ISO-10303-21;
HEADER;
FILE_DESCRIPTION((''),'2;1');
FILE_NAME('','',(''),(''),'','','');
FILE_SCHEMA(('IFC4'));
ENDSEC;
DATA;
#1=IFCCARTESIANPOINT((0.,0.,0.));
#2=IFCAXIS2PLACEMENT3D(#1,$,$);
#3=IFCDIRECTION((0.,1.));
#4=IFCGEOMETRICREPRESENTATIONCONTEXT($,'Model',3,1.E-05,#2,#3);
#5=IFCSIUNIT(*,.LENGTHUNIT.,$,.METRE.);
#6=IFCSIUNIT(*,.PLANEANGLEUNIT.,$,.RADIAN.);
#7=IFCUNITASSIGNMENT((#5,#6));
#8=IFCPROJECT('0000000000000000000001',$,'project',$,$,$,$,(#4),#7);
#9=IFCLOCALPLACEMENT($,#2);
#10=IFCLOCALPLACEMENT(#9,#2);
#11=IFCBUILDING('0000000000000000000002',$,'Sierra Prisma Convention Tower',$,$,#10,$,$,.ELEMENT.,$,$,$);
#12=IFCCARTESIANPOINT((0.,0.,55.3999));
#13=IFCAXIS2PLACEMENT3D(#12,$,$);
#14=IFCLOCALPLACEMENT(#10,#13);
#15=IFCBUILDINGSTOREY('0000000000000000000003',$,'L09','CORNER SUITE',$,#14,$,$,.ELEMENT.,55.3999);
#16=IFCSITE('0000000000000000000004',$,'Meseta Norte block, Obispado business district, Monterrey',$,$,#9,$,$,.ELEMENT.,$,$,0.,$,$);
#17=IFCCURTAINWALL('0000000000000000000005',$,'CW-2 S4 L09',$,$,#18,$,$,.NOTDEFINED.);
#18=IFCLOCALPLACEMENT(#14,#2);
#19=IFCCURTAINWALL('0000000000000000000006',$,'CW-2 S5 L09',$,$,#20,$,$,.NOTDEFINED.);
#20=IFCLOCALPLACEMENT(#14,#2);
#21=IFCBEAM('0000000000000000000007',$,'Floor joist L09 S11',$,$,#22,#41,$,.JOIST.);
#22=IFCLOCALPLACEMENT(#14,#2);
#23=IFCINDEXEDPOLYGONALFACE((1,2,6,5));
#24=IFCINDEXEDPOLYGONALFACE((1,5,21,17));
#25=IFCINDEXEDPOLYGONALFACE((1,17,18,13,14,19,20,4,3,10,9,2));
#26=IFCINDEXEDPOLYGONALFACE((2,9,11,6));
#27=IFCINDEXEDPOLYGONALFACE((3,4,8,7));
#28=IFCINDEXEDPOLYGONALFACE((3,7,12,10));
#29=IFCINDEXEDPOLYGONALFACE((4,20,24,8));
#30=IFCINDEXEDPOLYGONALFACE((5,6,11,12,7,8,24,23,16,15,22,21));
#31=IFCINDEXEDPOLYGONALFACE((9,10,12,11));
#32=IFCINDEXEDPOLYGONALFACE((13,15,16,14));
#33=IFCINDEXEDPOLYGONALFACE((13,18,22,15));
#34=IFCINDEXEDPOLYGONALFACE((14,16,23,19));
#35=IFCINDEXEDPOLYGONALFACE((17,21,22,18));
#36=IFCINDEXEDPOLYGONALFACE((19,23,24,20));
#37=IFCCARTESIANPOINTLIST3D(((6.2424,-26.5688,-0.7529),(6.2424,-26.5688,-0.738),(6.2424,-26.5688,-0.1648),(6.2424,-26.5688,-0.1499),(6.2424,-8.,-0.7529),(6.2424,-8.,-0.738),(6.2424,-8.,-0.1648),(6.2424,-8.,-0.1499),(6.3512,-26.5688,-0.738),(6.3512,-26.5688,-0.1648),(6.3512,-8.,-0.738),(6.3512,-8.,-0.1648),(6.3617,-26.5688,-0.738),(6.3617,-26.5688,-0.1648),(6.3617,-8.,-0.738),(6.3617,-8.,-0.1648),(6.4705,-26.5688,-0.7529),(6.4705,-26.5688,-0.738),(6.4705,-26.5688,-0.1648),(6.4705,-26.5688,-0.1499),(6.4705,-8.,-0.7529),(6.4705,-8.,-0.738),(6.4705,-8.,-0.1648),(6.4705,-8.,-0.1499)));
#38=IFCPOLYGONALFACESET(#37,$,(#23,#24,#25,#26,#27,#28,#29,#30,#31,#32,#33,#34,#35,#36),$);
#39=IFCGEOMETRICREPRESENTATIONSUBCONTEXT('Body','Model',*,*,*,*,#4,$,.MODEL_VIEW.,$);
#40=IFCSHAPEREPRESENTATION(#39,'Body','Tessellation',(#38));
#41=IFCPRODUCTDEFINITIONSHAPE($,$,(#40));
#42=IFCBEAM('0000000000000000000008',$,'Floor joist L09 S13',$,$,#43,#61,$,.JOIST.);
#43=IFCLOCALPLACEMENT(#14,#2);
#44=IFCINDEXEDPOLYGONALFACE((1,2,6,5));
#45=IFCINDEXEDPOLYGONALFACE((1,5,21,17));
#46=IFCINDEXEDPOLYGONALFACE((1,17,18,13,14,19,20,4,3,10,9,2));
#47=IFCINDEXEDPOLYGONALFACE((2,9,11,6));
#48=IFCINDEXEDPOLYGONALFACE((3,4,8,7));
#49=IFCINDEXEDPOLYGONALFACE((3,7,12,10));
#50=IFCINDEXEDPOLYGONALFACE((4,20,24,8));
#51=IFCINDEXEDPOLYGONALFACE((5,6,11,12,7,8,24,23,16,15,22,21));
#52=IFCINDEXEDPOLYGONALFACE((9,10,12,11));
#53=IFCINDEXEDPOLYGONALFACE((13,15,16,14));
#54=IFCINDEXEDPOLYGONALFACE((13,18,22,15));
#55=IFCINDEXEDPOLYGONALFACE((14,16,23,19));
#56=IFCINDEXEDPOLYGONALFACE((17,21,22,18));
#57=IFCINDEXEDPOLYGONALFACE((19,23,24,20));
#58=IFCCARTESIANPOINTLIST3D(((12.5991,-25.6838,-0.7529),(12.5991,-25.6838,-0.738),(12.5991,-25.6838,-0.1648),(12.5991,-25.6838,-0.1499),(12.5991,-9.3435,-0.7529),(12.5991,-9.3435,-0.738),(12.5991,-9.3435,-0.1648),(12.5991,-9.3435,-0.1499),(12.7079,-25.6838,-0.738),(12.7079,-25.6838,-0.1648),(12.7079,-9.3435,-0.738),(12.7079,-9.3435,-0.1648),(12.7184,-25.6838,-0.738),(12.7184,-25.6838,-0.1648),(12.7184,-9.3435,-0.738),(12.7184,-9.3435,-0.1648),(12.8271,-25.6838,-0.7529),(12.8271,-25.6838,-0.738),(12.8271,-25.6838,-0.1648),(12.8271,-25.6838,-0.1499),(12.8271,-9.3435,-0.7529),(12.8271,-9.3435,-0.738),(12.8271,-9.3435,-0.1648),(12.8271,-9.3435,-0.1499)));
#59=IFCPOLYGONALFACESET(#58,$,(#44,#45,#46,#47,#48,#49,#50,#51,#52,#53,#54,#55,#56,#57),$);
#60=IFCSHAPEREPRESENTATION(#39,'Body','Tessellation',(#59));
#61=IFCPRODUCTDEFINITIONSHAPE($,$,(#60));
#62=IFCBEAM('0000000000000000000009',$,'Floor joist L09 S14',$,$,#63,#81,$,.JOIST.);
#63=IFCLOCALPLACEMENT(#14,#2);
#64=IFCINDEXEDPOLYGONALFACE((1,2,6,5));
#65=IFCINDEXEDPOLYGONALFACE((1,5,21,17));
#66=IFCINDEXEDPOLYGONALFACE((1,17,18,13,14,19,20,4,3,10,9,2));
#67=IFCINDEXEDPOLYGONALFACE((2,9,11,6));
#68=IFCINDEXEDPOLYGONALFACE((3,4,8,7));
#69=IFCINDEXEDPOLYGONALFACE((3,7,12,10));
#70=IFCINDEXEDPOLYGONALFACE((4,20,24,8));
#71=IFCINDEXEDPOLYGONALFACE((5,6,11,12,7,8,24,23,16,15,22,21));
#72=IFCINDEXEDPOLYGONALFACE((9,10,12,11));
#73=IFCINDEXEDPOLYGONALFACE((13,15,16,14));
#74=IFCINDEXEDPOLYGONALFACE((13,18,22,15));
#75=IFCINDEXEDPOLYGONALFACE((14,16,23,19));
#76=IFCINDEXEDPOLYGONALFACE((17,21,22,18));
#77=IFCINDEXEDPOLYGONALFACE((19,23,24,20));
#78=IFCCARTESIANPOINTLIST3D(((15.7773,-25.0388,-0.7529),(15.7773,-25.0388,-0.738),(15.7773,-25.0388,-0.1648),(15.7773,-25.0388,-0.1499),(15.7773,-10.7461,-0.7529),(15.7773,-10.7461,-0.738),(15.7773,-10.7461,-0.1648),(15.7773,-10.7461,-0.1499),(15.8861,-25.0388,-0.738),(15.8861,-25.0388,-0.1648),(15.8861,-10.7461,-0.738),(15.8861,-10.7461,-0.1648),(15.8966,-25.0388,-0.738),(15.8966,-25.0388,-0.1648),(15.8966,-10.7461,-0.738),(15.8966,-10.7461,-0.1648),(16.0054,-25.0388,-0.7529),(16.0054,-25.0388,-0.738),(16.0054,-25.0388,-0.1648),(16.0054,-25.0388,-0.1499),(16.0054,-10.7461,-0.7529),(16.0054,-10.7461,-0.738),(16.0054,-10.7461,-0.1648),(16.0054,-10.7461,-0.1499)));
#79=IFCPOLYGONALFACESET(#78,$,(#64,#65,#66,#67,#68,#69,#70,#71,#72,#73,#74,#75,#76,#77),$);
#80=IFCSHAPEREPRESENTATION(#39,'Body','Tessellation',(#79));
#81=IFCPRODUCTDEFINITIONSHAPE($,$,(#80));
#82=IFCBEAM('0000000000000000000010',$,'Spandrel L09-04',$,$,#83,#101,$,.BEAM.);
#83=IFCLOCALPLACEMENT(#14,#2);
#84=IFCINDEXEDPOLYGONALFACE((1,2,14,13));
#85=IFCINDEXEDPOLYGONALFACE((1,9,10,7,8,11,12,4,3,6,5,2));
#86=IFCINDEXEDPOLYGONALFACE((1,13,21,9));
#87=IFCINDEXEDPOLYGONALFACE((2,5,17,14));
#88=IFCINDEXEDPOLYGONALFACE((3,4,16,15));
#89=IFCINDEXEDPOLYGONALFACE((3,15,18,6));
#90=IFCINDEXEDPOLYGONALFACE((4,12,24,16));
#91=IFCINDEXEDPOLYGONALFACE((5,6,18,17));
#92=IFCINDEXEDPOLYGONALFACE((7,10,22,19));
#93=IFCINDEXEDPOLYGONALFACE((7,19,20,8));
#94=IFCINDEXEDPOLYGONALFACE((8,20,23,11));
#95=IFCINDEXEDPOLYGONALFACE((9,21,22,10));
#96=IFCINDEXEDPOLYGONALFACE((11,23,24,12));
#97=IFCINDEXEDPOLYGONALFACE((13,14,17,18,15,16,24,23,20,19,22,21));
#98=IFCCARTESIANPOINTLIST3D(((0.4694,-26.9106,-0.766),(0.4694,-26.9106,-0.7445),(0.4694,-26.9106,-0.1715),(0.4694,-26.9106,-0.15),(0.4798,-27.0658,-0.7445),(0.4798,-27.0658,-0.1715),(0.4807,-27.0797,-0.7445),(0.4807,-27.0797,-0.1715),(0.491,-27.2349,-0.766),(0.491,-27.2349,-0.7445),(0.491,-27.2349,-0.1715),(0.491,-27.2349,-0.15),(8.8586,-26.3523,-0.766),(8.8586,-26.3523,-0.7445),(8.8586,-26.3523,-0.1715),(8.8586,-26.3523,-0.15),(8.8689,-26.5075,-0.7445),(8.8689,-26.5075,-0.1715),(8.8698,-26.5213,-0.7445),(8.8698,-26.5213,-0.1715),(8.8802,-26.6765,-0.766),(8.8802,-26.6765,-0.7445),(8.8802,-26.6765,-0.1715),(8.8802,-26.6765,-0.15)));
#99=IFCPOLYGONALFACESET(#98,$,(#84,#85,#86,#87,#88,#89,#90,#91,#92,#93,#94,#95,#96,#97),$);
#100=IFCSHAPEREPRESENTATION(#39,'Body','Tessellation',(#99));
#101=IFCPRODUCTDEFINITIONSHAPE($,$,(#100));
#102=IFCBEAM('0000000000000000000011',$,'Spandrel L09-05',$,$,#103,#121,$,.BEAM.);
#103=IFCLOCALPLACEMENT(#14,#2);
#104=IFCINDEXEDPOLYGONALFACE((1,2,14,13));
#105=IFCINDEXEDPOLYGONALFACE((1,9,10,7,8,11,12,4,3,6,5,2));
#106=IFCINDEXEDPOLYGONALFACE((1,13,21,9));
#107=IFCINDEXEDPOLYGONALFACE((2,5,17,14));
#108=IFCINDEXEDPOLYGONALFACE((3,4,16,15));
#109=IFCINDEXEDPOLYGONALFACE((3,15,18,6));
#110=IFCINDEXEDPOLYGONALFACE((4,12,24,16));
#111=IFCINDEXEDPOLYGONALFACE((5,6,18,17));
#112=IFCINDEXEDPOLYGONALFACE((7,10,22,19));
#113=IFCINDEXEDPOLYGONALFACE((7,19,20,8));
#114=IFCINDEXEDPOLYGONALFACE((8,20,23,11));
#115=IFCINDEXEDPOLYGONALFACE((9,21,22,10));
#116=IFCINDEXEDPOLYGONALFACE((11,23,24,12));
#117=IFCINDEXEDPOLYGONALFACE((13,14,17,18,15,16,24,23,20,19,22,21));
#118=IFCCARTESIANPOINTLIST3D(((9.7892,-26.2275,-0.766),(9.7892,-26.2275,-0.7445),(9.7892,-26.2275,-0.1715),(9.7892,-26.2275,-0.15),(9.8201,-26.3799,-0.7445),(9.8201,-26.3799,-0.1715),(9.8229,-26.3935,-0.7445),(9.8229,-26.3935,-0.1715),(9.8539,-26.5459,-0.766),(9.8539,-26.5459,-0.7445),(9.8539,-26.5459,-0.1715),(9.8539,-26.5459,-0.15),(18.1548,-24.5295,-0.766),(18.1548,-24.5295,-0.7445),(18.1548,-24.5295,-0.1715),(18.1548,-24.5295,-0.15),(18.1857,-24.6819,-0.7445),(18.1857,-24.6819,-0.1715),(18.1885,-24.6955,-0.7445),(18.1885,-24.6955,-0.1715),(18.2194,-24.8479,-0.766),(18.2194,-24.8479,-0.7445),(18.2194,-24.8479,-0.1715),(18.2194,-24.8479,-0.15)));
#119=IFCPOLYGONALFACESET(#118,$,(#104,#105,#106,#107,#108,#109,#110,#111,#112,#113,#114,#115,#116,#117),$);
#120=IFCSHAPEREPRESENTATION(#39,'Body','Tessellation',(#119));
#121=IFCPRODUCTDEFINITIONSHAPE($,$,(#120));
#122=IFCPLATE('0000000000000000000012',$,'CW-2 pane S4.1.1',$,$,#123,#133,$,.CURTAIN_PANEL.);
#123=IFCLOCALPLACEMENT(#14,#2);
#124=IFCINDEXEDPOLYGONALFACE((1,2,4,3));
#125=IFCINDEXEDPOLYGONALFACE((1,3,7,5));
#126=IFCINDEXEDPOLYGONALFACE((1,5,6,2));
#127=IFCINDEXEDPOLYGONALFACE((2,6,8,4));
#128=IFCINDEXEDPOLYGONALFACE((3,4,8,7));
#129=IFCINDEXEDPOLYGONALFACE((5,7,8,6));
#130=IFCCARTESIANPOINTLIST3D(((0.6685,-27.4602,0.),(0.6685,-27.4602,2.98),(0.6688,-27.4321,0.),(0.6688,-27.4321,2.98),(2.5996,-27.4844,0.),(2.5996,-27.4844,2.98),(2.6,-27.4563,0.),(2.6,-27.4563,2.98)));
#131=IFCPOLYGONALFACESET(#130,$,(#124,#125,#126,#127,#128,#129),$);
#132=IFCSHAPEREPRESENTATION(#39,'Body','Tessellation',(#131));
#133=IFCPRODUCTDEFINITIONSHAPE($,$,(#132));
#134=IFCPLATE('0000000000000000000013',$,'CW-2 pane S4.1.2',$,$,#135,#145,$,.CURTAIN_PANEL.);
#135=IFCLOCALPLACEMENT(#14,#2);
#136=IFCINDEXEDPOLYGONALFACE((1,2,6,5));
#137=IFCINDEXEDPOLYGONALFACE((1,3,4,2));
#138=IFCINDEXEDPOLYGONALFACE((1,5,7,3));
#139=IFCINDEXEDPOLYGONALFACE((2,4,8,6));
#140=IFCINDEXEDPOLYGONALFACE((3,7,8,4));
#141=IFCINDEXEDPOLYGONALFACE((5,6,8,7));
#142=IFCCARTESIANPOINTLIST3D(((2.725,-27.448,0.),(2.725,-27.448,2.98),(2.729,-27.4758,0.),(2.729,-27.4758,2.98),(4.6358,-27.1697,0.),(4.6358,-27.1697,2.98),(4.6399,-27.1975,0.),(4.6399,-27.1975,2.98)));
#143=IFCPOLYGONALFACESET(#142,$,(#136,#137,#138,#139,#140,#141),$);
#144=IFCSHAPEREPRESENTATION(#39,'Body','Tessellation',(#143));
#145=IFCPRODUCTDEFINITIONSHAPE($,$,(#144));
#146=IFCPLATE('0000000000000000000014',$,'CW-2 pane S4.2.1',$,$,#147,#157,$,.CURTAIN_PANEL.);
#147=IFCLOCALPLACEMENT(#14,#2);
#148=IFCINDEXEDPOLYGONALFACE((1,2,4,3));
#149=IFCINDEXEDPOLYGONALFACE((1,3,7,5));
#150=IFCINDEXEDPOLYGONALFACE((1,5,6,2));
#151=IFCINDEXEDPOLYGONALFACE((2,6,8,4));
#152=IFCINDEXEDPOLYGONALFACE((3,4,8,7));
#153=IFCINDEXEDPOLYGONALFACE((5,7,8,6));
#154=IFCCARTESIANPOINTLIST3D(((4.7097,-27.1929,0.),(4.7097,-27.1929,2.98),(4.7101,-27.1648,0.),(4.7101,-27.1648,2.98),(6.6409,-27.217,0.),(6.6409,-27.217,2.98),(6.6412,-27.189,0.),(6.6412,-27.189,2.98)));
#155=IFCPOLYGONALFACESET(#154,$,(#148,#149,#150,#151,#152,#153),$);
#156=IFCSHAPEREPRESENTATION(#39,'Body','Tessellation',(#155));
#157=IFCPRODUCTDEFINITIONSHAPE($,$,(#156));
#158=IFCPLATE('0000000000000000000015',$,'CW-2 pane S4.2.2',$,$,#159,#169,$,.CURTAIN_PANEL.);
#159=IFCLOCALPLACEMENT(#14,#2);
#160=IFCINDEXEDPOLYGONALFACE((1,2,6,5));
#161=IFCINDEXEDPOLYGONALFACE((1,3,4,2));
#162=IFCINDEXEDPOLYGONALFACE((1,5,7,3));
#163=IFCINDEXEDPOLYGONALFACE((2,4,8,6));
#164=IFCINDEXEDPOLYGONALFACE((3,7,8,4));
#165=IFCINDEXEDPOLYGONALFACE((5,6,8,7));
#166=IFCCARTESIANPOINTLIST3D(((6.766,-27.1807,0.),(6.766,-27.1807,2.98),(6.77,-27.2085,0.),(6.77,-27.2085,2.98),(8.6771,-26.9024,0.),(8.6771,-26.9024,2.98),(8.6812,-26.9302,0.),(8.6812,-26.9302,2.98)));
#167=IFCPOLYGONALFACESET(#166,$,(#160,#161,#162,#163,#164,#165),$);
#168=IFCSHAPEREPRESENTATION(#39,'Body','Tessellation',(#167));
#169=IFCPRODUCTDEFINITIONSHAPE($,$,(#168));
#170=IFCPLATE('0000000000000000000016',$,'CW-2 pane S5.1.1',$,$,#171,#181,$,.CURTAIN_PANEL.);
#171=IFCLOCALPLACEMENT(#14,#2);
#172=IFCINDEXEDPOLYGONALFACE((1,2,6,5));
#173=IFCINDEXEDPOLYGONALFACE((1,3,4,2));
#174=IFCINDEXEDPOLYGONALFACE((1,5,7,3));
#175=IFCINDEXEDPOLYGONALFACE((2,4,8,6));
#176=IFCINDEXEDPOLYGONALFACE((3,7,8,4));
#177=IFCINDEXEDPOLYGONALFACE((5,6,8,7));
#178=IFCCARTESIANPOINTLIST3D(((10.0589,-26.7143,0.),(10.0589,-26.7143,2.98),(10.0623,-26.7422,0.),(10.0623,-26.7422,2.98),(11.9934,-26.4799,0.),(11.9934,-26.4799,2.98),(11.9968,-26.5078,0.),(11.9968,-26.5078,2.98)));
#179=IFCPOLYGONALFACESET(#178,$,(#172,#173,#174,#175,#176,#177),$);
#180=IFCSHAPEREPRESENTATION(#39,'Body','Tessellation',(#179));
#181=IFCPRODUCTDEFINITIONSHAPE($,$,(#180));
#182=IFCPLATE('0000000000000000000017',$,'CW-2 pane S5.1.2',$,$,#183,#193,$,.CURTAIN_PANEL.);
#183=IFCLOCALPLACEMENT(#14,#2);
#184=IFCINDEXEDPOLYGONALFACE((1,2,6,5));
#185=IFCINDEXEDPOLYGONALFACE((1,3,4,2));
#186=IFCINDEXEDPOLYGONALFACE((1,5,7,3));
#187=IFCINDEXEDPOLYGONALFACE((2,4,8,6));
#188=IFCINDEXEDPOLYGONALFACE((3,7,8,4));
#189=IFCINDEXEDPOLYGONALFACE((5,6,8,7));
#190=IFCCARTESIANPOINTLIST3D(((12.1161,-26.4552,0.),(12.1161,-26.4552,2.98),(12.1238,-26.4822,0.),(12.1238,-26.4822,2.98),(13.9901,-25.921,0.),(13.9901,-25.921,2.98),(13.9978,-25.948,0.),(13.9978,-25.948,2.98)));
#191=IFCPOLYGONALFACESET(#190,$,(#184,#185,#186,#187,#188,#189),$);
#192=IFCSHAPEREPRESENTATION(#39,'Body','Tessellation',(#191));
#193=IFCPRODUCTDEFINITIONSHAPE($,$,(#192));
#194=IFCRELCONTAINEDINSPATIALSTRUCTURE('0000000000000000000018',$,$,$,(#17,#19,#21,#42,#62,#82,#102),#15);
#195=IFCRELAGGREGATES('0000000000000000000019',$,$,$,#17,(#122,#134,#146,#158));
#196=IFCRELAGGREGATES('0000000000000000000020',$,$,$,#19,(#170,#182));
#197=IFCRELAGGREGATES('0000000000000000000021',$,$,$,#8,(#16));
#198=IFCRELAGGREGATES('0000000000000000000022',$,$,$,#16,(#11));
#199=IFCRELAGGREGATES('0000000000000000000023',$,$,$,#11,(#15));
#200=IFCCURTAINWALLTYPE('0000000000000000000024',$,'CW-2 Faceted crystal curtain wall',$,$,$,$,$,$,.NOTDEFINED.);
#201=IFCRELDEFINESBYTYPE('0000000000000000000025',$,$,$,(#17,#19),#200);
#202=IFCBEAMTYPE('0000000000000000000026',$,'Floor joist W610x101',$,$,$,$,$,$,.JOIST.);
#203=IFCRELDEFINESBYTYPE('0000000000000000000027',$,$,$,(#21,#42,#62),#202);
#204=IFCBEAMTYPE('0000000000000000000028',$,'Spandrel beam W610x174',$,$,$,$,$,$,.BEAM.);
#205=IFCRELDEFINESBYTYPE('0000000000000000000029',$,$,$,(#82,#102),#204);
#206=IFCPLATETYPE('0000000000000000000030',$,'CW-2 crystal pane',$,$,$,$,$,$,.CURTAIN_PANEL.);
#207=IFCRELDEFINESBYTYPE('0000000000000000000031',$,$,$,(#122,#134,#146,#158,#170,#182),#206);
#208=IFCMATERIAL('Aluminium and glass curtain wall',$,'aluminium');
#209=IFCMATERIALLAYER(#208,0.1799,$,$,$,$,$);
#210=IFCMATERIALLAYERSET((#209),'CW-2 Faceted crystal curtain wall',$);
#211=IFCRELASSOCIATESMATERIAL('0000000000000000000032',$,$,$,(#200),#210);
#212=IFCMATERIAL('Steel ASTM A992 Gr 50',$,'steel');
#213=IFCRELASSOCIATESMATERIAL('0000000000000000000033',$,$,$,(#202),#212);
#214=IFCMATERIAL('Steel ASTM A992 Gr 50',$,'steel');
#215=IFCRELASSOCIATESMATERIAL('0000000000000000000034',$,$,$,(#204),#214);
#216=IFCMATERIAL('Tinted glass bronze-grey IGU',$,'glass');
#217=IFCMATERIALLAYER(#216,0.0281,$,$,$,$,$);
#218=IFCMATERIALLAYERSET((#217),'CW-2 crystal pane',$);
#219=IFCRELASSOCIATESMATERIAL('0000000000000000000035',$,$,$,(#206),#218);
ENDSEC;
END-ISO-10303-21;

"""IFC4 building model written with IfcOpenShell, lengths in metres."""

from ifc_helpers import new_model, si_unit, direction, frame, origin, origin_2d, place, context, subcontext, project, spatial, polyline, i_section, outline, extrude, material, layer, layer_set, material_profile, profile_set, type_object, element, aggregate, save


model = new_model("IFC4")

# Units and contexts
model_context = context("Model", 3, precision=1e-05, world=origin(), true_north=direction((0.0, 1.0)))
body_context = subcontext(model_context, "Body", "Model", "MODEL_VIEW")
ifc_project = project(units=[si_unit("LENGTHUNIT", "METRE"), si_unit("PLANEANGLEUNIT", "RADIAN")], contexts=[model_context])

# Site, building, storey
site_placement = place(None, origin())
site = spatial("IfcSite", under=ifc_project, at=site_placement, Name="Meseta Norte block, Obispado business district, Monterrey", CompositionType="ELEMENT", RefElevation=0.0)
building_placement = place(site_placement, origin())
building = spatial("IfcBuilding", under=site, at=building_placement, Name="Sierra Prisma Convention Tower", CompositionType="ELEMENT")
storey_placement = place(building_placement, frame((0.0, 0.0, 55.3999)))
storey = spatial("IfcBuildingStorey", under=building, at=storey_placement, Name="L09", Description="CORNER SUITE", CompositionType="ELEMENT", Elevation=55.3999)

# Curtain walls
ifc_material_1 = material(Name="Aluminium and glass curtain wall", Category="aluminium")
ifc_layer_1 = layer(ifc_material_1, 0.1799)
ifc_layer_set_1 = layer_set([ifc_layer_1], Name="CW-2 Faceted crystal curtain wall")
curtain_wall_type = type_object("IfcCurtainWallType", Name="CW-2 Faceted crystal curtain wall", PredefinedType="NOTDEFINED", material=ifc_layer_set_1)
curtain_wall_1_placement = place(storey_placement, origin())
curtain_wall_1 = element("IfcCurtainWall", 1, at=curtain_wall_1_placement, inside=storey, type_object=curtain_wall_type, Name="CW-2 S4 L09", PredefinedType="NOTDEFINED")
curtain_wall_2_placement = place(storey_placement, origin())
curtain_wall_2 = element("IfcCurtainWall", 2, at=curtain_wall_2_placement, inside=storey, type_object=curtain_wall_type, Name="CW-2 S5 L09", PredefinedType="NOTDEFINED")

# Beams
ifc_material_2 = material(Name="Steel ASTM A992 Gr 50", Category="steel")
ifc_material_profile_1 = material_profile(ifc_material_2, i_section(OverallWidth=0.228, OverallDepth=0.603, WebThickness=0.0105, FlangeThickness=0.0149, at=origin_2d()), Name="W610x101")
ifc_profile_set_1 = profile_set([ifc_material_profile_1], Name="Steel ASTM A992 Gr 50")
beam_type_1 = type_object("IfcBeamType", Name="Floor joist W610x101", PredefinedType="JOIST", material=ifc_profile_set_1)
beam_1_placement = place(storey_placement, frame((6.3564, -26.5688, -0.4514), z_axis=(0.0, 1.0, 0.0), x_axis=(-1.0, 0.0, 0.0)))
element("IfcBeam", 3, at=beam_1_placement, inside=storey, type_object=beam_type_1, Name="Floor joist L09 S11", PredefinedType="JOIST", context=body_context, shape_type="SweptSolid", body=[
    extrude(i_section(OverallWidth=0.228, OverallDepth=0.603, WebThickness=0.0105, FlangeThickness=0.0149, at=origin_2d()), origin(), (0.0, 0.0, 1.0), 18.5688),
])
beam_2_placement = place(storey_placement, frame((12.7131, -25.6838, -0.4514), z_axis=(0.0, 1.0, 0.0), x_axis=(-1.0, 0.0, 0.0)))
element("IfcBeam", 4, at=beam_2_placement, inside=storey, type_object=beam_type_1, Name="Floor joist L09 S13", PredefinedType="JOIST", context=body_context, shape_type="SweptSolid", body=[
    extrude(i_section(OverallWidth=0.228, OverallDepth=0.603, WebThickness=0.0105, FlangeThickness=0.0149, at=origin_2d()), origin(), (0.0, 0.0, 1.0), 16.3403),
])
beam_3_placement = place(storey_placement, frame((15.8914, -25.0388, -0.4514), z_axis=(0.0, 1.0, 0.0), x_axis=(-1.0, 0.0, 0.0)))
element("IfcBeam", 5, at=beam_3_placement, inside=storey, type_object=beam_type_1, Name="Floor joist L09 S14", PredefinedType="JOIST", context=body_context, shape_type="SweptSolid", body=[
    extrude(i_section(OverallWidth=0.228, OverallDepth=0.603, WebThickness=0.0105, FlangeThickness=0.0149, at=origin_2d()), origin(), (0.0, 0.0, 1.0), 14.2927),
])
ifc_material_3 = material(Name="Steel ASTM A992 Gr 50", Category="steel")
ifc_material_profile_2 = material_profile(ifc_material_3, i_section(OverallWidth=0.325, OverallDepth=0.616, WebThickness=0.0139, FlangeThickness=0.0215, at=origin_2d()), Name="W610x174")
ifc_profile_set_2 = profile_set([ifc_material_profile_2], Name="Steel ASTM A992 Gr 50")
beam_type_2 = type_object("IfcBeamType", Name="Spandrel beam W610x174", PredefinedType="BEAM", material=ifc_profile_set_2)
beam_4_placement = place(storey_placement, frame((0.4802, -27.0728, -0.458), z_axis=(0.997792, 0.066409, 0.0), x_axis=(-0.066409, 0.997792, 0.0)))
element("IfcBeam", 6, at=beam_4_placement, inside=storey, type_object=beam_type_2, Name="Spandrel L09-04", PredefinedType="BEAM", context=body_context, shape_type="SweptSolid", body=[
    extrude(i_section(OverallWidth=0.325, OverallDepth=0.616, WebThickness=0.0139, FlangeThickness=0.0215, at=origin_2d()), origin(), (0.0, 0.0, 1.0), 8.4077),
])
beam_5_placement = place(storey_placement, frame((9.8215, -26.3867, -0.458), z_axis=(0.980016, 0.19892, 0.0), x_axis=(-0.19892, 0.980016, 0.0)))
element("IfcBeam", 7, at=beam_5_placement, inside=storey, type_object=beam_type_2, Name="Spandrel L09-05", PredefinedType="BEAM", context=body_context, shape_type="SweptSolid", body=[
    extrude(i_section(OverallWidth=0.325, OverallDepth=0.616, WebThickness=0.0139, FlangeThickness=0.0215, at=origin_2d()), origin(), (0.0, 0.0, 1.0), 8.5361),
])

# Plates
ifc_material_4 = material(Name="Tinted glass bronze-grey IGU", Category="glass")
ifc_layer_2 = layer(ifc_material_4, 0.0281)
ifc_layer_set_2 = layer_set([ifc_layer_2], Name="CW-2 crystal pane")
plate_type = type_object("IfcPlateType", Name="CW-2 crystal pane", PredefinedType="CURTAIN_PANEL", material=ifc_layer_set_2)
plate_1_placement = place(storey_placement, frame((0.6685, -27.4602, 0.0), z_axis=(-0.012515, -0.999922, 0.0), x_axis=(0.999922, -0.012515, 0.0)))
plate_1 = element("IfcPlate", 8, at=plate_1_placement, type_object=plate_type, Name="CW-2 pane S4.1.1", PredefinedType="CURTAIN_PANEL", context=body_context, shape_type="SweptSolid", body=[
    extrude(outline(polyline([(0.0, 0.0), (1.9313, 0.0), (1.9313, 2.98), (0.0, 2.98), (0.0, 0.0)])), origin(), (0.0, 0.0, -1.0), 0.0281),
])
plate_2_placement = place(storey_placement, frame((4.6399, -27.1975, 0.0), z_axis=(0.144129, -0.989559, 0.0), x_axis=(-0.989559, -0.144129, 0.0)))
plate_2 = element("IfcPlate", 9, at=plate_2_placement, type_object=plate_type, Name="CW-2 pane S4.1.2", PredefinedType="CURTAIN_PANEL", context=body_context, shape_type="SweptSolid", body=[
    extrude(outline(polyline([(0.0, 0.0), (1.9311, 0.0), (1.9311, -2.98), (0.0, -2.98), (0.0, 0.0)])), origin(), (0.0, 0.0, -1.0), 0.0281),
])
plate_3_placement = place(storey_placement, frame((4.7097, -27.1929, 0.0), z_axis=(-0.012515, -0.999922, 0.0), x_axis=(0.999922, -0.012515, 0.0)))
plate_3 = element("IfcPlate", 10, at=plate_3_placement, type_object=plate_type, Name="CW-2 pane S4.2.1", PredefinedType="CURTAIN_PANEL", context=body_context, shape_type="SweptSolid", body=[
    extrude(outline(polyline([(0.0, 0.0), (1.9313, 0.0), (1.9313, 2.98), (0.0, 2.98), (0.0, 0.0)])), origin(), (0.0, 0.0, -1.0), 0.0281),
])
plate_4_placement = place(storey_placement, frame((8.6812, -26.9302, 0.0), z_axis=(0.144111, -0.989562, 0.0), x_axis=(-0.989562, -0.144111, 0.0)))
plate_4 = element("IfcPlate", 11, at=plate_4_placement, type_object=plate_type, Name="CW-2 pane S4.2.2", PredefinedType="CURTAIN_PANEL", context=body_context, shape_type="SweptSolid", body=[
    extrude(outline(polyline([(0.0, 0.0), (1.9313, 0.0), (1.9313, -2.98), (0.0, -2.98), (0.0, 0.0)])), origin(), (0.0, 0.0, -1.0), 0.0281),
])
aggregate(curtain_wall_1, [plate_1, plate_2, plate_3, plate_4])
plate_5_placement = place(storey_placement, frame((10.0623, -26.7422, 0.0), z_axis=(0.120272, -0.992741, 0.0), x_axis=(0.992741, 0.120272, 0.0)))
plate_5 = element("IfcPlate", 12, at=plate_5_placement, type_object=plate_type, Name="CW-2 pane S5.1.1", PredefinedType="CURTAIN_PANEL", context=body_context, shape_type="SweptSolid", body=[
    extrude(outline(polyline([(0.0, 0.0), (1.9487, 0.0), (1.9487, 2.98), (0.0, 2.98), (0.0, 0.0)])), origin(), (0.0, 0.0, -1.0), 0.0281),
])
plate_6_placement = place(storey_placement, frame((13.9978, -25.948, 0.0), z_axis=(0.274125, -0.961694, 0.0), x_axis=(-0.961694, -0.274125, 0.0)))
plate_6 = element("IfcPlate", 13, at=plate_6_placement, type_object=plate_type, Name="CW-2 pane S5.1.2", PredefinedType="CURTAIN_PANEL", context=body_context, shape_type="SweptSolid", body=[
    extrude(outline(polyline([(0.0, 0.0), (1.9487, 0.0), (1.9487, -2.98), (0.0, -2.98), (0.0, 0.0)])), origin(), (0.0, 0.0, -1.0), 0.0281),
])
aggregate(curtain_wall_2, [plate_5, plate_6])

save(model, "model.ifc")
